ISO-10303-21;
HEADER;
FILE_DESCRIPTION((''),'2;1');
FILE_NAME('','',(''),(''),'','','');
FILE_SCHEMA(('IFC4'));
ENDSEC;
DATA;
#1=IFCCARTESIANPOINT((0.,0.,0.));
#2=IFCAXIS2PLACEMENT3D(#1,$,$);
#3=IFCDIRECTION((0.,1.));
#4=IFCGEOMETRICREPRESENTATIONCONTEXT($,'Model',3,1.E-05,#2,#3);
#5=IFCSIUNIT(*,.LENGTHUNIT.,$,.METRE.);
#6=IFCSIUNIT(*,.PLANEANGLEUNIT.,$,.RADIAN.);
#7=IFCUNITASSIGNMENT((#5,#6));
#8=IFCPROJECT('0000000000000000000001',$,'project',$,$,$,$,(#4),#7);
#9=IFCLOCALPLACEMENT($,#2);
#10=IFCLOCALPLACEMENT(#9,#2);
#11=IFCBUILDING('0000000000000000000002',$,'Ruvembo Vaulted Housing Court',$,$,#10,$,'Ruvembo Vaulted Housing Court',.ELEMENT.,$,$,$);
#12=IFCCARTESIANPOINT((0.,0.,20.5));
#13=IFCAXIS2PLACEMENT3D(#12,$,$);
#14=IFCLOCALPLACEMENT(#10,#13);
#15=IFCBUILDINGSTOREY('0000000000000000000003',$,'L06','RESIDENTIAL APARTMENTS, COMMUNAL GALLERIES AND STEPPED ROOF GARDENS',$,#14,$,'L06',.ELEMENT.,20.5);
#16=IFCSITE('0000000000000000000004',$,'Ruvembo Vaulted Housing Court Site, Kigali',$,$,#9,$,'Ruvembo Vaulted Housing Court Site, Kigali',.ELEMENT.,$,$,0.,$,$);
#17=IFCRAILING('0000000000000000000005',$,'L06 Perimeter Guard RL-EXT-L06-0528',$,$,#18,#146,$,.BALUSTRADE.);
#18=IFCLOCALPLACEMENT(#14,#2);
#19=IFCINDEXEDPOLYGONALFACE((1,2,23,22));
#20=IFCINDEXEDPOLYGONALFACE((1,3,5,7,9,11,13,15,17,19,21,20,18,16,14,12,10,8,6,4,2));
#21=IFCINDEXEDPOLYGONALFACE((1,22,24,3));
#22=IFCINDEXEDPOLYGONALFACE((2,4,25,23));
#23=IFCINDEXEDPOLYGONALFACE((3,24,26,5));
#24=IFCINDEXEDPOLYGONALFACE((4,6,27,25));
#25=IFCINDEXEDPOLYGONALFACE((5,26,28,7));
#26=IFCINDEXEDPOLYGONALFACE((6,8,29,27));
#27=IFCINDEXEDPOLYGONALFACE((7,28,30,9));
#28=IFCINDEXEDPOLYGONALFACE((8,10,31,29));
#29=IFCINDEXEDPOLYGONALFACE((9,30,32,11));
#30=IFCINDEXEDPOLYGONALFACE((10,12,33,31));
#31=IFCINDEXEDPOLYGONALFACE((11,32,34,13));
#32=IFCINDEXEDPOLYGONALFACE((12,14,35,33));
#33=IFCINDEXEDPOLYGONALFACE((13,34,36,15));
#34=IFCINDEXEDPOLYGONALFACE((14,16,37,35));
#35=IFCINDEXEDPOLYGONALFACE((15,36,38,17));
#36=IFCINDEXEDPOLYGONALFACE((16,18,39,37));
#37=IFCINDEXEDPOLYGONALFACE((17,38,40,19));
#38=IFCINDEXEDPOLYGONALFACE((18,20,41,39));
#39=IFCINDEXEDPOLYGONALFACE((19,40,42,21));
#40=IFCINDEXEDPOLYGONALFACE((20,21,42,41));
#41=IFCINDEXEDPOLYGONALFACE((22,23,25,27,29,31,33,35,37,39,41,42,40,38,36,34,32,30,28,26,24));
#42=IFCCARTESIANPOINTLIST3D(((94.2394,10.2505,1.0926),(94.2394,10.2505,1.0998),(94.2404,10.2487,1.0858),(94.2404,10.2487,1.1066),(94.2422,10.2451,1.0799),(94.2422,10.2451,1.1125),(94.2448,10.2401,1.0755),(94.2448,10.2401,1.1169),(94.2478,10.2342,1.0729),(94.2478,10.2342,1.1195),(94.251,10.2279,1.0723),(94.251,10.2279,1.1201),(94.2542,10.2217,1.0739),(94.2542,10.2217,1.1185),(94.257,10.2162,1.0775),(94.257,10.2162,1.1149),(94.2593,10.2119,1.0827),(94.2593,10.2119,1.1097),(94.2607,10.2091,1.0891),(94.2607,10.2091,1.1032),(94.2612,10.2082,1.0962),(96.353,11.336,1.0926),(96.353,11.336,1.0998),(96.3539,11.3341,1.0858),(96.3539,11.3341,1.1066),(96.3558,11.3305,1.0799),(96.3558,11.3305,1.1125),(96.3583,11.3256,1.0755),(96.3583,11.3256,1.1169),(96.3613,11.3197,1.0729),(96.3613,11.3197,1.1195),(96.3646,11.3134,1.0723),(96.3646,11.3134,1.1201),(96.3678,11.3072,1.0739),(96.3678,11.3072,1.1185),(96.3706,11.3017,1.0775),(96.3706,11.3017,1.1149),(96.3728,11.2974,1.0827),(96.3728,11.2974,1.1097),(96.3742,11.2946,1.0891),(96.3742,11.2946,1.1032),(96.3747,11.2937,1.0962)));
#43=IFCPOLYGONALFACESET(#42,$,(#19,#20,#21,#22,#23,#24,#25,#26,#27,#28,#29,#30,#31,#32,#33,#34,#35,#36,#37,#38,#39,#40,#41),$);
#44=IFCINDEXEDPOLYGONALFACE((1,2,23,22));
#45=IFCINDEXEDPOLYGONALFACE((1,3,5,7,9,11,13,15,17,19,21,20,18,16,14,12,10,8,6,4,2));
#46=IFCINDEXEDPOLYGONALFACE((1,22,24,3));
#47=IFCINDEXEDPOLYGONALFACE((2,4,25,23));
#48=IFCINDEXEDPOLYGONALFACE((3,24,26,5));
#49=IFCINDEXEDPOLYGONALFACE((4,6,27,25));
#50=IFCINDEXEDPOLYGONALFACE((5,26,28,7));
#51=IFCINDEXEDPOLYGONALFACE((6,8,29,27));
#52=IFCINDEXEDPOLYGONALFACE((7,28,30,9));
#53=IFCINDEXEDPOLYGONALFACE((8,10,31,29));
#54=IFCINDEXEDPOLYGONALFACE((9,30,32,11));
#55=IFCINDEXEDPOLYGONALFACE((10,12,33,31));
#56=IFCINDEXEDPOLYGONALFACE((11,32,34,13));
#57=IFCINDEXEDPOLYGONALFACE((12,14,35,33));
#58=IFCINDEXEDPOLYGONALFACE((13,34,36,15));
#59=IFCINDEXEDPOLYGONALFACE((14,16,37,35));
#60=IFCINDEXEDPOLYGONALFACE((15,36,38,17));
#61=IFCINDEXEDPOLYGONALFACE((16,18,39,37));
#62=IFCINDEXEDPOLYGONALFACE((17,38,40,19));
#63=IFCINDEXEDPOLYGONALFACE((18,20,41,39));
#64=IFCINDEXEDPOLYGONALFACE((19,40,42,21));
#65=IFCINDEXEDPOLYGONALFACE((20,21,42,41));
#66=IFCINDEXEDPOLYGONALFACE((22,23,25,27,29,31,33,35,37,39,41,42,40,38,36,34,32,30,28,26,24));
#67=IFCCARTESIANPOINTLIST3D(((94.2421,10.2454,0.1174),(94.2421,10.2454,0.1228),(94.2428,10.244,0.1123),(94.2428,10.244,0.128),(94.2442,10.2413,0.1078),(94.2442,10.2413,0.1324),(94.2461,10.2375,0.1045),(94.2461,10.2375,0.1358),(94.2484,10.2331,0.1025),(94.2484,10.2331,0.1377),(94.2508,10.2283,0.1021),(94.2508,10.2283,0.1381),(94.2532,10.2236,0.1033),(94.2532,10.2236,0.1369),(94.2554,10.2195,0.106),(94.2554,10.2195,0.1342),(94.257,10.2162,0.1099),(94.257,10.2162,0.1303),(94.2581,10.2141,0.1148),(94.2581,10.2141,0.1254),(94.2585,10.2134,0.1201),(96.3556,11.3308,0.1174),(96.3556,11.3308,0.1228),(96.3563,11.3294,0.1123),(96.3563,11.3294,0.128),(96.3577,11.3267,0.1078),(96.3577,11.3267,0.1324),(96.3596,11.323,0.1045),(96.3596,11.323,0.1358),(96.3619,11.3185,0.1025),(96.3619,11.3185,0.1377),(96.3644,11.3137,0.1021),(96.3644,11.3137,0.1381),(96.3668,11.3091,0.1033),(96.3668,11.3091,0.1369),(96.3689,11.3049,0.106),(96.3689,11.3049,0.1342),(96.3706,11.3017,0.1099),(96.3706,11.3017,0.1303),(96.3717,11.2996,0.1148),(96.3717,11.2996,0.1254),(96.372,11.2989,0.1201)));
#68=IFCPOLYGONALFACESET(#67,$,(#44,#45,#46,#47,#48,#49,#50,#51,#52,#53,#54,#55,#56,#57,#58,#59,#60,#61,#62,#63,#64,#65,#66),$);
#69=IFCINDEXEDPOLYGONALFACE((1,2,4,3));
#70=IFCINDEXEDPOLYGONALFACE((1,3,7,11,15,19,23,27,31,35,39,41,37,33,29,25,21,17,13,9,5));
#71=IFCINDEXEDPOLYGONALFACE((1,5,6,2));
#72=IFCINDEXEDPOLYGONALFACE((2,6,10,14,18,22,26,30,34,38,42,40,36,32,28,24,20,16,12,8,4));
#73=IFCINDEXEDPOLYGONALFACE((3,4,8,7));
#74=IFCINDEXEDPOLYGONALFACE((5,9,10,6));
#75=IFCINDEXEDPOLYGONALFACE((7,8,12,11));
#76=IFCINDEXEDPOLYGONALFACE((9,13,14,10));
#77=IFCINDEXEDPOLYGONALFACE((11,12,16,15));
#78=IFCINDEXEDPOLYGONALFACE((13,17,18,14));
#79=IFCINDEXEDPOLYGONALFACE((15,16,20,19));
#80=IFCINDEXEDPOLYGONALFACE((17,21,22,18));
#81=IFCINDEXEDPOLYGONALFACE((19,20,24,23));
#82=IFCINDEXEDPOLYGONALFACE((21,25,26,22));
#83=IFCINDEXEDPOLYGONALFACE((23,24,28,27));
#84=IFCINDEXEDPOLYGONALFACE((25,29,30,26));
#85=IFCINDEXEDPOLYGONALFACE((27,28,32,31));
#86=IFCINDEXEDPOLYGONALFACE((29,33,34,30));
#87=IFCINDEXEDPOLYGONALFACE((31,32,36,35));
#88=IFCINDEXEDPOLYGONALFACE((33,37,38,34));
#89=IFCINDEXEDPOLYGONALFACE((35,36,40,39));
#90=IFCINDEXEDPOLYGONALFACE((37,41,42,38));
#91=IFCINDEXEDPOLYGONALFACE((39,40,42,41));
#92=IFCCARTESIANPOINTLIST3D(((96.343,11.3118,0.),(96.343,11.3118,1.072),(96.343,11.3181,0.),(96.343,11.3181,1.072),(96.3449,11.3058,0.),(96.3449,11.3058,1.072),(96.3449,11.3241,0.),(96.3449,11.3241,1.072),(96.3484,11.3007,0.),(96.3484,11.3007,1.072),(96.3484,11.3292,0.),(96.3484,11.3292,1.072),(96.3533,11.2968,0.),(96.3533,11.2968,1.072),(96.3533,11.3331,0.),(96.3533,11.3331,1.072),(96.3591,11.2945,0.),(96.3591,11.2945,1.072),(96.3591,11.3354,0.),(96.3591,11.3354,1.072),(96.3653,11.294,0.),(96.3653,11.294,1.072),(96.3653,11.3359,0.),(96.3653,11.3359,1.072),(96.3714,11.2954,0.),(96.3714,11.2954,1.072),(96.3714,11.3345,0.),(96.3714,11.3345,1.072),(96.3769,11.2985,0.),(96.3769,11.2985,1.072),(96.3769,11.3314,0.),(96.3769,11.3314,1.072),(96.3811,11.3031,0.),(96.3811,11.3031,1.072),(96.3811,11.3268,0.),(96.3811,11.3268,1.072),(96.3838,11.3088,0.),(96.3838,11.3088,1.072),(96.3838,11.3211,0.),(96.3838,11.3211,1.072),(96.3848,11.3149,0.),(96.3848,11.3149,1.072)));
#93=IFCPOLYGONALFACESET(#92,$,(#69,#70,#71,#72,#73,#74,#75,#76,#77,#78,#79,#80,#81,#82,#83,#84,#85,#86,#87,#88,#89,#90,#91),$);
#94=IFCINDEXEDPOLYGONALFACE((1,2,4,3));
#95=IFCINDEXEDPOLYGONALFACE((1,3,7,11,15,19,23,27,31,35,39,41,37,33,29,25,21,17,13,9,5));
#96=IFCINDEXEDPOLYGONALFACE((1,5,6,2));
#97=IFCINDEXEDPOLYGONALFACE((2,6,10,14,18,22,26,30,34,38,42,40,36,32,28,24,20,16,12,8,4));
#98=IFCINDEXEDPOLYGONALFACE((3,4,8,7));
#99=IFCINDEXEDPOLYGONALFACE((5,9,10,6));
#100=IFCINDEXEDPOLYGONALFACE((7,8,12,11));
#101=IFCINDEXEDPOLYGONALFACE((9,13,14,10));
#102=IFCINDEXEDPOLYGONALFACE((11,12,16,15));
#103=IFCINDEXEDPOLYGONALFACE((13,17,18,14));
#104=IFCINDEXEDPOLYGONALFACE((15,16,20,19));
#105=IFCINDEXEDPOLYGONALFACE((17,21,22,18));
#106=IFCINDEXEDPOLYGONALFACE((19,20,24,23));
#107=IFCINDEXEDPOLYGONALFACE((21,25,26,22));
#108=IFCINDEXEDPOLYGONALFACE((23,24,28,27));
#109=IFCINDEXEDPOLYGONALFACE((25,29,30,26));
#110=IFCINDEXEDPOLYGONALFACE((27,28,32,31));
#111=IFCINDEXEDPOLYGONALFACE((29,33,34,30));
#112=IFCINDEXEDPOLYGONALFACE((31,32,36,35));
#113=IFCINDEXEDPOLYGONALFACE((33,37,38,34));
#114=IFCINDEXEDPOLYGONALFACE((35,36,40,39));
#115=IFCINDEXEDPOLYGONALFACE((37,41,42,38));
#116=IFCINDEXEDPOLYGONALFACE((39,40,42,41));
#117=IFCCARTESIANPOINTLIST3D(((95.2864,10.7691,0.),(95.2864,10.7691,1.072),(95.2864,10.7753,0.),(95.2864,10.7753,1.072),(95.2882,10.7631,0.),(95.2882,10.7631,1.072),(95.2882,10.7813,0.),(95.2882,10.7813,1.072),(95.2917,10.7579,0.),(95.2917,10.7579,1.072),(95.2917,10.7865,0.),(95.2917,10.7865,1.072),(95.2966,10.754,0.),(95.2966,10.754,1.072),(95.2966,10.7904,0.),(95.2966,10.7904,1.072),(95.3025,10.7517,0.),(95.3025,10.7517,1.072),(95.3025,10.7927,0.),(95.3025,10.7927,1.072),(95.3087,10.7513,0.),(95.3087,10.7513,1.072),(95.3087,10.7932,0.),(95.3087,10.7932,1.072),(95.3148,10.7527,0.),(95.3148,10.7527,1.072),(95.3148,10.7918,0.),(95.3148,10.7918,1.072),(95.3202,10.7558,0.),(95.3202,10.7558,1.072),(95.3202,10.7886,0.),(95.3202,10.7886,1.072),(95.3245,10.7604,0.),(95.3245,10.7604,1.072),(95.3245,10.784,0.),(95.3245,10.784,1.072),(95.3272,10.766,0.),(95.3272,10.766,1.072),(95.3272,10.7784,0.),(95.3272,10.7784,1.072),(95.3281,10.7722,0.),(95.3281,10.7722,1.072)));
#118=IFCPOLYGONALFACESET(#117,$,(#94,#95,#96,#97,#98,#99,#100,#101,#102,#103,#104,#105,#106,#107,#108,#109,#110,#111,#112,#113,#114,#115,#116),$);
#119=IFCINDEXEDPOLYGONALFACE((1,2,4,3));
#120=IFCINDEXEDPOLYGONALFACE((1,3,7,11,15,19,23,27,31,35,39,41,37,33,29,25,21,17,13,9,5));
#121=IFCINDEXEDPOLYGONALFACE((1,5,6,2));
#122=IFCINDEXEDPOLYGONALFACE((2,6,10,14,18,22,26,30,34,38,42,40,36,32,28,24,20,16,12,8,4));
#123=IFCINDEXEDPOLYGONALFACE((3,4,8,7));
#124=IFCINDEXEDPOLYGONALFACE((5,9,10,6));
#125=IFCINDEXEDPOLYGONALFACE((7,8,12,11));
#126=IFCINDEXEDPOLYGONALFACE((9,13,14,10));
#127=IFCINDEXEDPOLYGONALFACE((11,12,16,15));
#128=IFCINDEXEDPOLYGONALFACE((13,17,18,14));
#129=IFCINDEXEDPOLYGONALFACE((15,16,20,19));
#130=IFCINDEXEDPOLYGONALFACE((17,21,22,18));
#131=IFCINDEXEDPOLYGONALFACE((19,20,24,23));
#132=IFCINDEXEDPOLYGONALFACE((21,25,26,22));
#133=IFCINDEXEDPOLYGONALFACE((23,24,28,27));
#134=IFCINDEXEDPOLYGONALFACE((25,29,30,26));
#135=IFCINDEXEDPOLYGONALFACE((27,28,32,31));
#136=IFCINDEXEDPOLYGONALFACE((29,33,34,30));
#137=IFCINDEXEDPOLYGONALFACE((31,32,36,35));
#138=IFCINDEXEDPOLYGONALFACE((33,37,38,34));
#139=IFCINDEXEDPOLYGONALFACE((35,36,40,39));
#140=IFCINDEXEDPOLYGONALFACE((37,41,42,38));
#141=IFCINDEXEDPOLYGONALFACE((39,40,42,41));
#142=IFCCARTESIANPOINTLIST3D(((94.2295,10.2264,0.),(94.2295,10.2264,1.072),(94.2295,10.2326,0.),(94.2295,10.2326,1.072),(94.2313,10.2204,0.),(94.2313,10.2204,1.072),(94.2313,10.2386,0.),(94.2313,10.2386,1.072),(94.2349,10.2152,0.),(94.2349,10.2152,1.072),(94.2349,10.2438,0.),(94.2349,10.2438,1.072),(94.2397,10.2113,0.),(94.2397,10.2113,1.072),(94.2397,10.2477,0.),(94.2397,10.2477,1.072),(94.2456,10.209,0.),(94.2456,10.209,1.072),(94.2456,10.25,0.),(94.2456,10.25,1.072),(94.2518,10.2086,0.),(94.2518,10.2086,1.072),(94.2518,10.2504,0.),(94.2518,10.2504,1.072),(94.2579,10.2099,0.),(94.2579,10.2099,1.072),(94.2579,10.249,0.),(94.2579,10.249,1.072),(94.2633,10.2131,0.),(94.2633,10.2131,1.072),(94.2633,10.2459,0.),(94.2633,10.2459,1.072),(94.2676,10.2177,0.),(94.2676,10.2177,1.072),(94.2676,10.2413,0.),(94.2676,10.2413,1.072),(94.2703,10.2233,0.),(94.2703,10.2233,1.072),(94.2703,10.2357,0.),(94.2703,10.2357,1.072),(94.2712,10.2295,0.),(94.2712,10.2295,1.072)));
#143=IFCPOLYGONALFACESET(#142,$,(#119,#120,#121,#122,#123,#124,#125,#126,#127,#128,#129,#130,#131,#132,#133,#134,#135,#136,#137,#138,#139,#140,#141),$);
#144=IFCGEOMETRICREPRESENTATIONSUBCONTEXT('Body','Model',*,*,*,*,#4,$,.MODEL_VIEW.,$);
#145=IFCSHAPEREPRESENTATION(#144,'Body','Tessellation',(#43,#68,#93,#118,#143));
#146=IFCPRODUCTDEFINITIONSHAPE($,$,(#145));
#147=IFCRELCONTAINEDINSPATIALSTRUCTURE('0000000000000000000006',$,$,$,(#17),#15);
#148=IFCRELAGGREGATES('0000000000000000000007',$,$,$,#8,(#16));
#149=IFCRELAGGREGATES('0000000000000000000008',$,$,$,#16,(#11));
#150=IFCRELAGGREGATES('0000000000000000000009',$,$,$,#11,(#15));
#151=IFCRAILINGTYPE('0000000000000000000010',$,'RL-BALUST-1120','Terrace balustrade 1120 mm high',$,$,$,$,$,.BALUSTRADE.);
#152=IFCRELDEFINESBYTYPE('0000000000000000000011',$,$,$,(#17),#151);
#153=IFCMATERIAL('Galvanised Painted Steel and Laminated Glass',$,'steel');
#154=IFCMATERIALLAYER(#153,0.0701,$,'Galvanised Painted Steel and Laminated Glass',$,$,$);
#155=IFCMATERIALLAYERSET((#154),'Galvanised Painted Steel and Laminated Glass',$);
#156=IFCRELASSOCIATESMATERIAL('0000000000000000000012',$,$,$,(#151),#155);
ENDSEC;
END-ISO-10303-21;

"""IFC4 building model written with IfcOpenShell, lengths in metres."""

from ifc_helpers import new_model, si_unit, direction, frame, origin, origin_2d, place, context, subcontext, project, spatial, circle, extrude, material, layer, layer_set, type_object, element, save


model = new_model("IFC4")

# Units and contexts
model_context = context("Model", 3, precision=1e-05, world=origin(), true_north=direction((0.0, 1.0)))
body_context = subcontext(model_context, "Body", "Model", "MODEL_VIEW")
ifc_project = project(units=[si_unit("LENGTHUNIT", "METRE"), si_unit("PLANEANGLEUNIT", "RADIAN")], contexts=[model_context])

# Site, building, storey
site_placement = place(None, origin())
site = spatial("IfcSite", under=ifc_project, at=site_placement, Name="Ruvembo Vaulted Housing Court Site, Kigali", LongName="Ruvembo Vaulted Housing Court Site, Kigali", CompositionType="ELEMENT", RefElevation=0.0)
building_placement = place(site_placement, origin())
building = spatial("IfcBuilding", under=site, at=building_placement, Name="Ruvembo Vaulted Housing Court", LongName="Ruvembo Vaulted Housing Court", CompositionType="ELEMENT")
storey_placement = place(building_placement, frame((0.0, 0.0, 20.5)))
storey = spatial("IfcBuildingStorey", under=building, at=storey_placement, Name="L06", Description="RESIDENTIAL APARTMENTS, COMMUNAL GALLERIES AND STEPPED ROOF GARDENS", LongName="L06", CompositionType="ELEMENT", Elevation=20.5)

# Railing
ifc_material_1 = material(Name="Galvanised Painted Steel and Laminated Glass", Category="steel")
ifc_layer_1 = layer(ifc_material_1, 0.0701, Name="Galvanised Painted Steel and Laminated Glass")
ifc_layer_set_1 = layer_set([ifc_layer_1], Name="Galvanised Painted Steel and Laminated Glass")
railing_type = type_object("IfcRailingType", Name="RL-BALUST-1120", Description="Terrace balustrade 1120 mm high", PredefinedType="BALUSTRADE", material=ifc_layer_set_1)
railing_1_placement = place(storey_placement, frame((96.3638, 11.3149, 0.0)))
element("IfcRailing", 1, at=railing_1_placement, inside=storey, type_object=railing_type, Name="L06 Perimeter Guard RL-EXT-L06-0528", PredefinedType="BALUSTRADE", context=body_context, shape_type="SweptSolid", body=[
    extrude(circle(Radius=0.0239, at=origin_2d()), frame((0.0, 0.0, 1.0962), z_axis=(-0.889546, -0.456846, 0.0), x_axis=(0.456846, -0.889546, 0.0)), (0.0, 0.0, 1.0), 2.376),
    extrude(circle(Radius=0.0181, at=origin_2d()), frame((0.0, 0.0, 0.1201), z_axis=(-0.889546, -0.456846, 0.0), x_axis=(0.456846, -0.889546, 0.0)), (0.0, 0.0, 1.0), 2.376),
    extrude(circle(Radius=0.021, at=origin_2d()), origin(), (0.0, 0.0, 1.0), 1.072),
    extrude(circle(Radius=0.021, at=origin_2d()), frame((-1.0566, -0.5427, 0.0)), (0.0, 0.0, 1.0), 1.072),
    extrude(circle(Radius=0.021, at=origin_2d()), frame((-2.1135, -1.0854, 0.0)), (0.0, 0.0, 1.0), 1.072),
])

save(model, "model.ifc")
